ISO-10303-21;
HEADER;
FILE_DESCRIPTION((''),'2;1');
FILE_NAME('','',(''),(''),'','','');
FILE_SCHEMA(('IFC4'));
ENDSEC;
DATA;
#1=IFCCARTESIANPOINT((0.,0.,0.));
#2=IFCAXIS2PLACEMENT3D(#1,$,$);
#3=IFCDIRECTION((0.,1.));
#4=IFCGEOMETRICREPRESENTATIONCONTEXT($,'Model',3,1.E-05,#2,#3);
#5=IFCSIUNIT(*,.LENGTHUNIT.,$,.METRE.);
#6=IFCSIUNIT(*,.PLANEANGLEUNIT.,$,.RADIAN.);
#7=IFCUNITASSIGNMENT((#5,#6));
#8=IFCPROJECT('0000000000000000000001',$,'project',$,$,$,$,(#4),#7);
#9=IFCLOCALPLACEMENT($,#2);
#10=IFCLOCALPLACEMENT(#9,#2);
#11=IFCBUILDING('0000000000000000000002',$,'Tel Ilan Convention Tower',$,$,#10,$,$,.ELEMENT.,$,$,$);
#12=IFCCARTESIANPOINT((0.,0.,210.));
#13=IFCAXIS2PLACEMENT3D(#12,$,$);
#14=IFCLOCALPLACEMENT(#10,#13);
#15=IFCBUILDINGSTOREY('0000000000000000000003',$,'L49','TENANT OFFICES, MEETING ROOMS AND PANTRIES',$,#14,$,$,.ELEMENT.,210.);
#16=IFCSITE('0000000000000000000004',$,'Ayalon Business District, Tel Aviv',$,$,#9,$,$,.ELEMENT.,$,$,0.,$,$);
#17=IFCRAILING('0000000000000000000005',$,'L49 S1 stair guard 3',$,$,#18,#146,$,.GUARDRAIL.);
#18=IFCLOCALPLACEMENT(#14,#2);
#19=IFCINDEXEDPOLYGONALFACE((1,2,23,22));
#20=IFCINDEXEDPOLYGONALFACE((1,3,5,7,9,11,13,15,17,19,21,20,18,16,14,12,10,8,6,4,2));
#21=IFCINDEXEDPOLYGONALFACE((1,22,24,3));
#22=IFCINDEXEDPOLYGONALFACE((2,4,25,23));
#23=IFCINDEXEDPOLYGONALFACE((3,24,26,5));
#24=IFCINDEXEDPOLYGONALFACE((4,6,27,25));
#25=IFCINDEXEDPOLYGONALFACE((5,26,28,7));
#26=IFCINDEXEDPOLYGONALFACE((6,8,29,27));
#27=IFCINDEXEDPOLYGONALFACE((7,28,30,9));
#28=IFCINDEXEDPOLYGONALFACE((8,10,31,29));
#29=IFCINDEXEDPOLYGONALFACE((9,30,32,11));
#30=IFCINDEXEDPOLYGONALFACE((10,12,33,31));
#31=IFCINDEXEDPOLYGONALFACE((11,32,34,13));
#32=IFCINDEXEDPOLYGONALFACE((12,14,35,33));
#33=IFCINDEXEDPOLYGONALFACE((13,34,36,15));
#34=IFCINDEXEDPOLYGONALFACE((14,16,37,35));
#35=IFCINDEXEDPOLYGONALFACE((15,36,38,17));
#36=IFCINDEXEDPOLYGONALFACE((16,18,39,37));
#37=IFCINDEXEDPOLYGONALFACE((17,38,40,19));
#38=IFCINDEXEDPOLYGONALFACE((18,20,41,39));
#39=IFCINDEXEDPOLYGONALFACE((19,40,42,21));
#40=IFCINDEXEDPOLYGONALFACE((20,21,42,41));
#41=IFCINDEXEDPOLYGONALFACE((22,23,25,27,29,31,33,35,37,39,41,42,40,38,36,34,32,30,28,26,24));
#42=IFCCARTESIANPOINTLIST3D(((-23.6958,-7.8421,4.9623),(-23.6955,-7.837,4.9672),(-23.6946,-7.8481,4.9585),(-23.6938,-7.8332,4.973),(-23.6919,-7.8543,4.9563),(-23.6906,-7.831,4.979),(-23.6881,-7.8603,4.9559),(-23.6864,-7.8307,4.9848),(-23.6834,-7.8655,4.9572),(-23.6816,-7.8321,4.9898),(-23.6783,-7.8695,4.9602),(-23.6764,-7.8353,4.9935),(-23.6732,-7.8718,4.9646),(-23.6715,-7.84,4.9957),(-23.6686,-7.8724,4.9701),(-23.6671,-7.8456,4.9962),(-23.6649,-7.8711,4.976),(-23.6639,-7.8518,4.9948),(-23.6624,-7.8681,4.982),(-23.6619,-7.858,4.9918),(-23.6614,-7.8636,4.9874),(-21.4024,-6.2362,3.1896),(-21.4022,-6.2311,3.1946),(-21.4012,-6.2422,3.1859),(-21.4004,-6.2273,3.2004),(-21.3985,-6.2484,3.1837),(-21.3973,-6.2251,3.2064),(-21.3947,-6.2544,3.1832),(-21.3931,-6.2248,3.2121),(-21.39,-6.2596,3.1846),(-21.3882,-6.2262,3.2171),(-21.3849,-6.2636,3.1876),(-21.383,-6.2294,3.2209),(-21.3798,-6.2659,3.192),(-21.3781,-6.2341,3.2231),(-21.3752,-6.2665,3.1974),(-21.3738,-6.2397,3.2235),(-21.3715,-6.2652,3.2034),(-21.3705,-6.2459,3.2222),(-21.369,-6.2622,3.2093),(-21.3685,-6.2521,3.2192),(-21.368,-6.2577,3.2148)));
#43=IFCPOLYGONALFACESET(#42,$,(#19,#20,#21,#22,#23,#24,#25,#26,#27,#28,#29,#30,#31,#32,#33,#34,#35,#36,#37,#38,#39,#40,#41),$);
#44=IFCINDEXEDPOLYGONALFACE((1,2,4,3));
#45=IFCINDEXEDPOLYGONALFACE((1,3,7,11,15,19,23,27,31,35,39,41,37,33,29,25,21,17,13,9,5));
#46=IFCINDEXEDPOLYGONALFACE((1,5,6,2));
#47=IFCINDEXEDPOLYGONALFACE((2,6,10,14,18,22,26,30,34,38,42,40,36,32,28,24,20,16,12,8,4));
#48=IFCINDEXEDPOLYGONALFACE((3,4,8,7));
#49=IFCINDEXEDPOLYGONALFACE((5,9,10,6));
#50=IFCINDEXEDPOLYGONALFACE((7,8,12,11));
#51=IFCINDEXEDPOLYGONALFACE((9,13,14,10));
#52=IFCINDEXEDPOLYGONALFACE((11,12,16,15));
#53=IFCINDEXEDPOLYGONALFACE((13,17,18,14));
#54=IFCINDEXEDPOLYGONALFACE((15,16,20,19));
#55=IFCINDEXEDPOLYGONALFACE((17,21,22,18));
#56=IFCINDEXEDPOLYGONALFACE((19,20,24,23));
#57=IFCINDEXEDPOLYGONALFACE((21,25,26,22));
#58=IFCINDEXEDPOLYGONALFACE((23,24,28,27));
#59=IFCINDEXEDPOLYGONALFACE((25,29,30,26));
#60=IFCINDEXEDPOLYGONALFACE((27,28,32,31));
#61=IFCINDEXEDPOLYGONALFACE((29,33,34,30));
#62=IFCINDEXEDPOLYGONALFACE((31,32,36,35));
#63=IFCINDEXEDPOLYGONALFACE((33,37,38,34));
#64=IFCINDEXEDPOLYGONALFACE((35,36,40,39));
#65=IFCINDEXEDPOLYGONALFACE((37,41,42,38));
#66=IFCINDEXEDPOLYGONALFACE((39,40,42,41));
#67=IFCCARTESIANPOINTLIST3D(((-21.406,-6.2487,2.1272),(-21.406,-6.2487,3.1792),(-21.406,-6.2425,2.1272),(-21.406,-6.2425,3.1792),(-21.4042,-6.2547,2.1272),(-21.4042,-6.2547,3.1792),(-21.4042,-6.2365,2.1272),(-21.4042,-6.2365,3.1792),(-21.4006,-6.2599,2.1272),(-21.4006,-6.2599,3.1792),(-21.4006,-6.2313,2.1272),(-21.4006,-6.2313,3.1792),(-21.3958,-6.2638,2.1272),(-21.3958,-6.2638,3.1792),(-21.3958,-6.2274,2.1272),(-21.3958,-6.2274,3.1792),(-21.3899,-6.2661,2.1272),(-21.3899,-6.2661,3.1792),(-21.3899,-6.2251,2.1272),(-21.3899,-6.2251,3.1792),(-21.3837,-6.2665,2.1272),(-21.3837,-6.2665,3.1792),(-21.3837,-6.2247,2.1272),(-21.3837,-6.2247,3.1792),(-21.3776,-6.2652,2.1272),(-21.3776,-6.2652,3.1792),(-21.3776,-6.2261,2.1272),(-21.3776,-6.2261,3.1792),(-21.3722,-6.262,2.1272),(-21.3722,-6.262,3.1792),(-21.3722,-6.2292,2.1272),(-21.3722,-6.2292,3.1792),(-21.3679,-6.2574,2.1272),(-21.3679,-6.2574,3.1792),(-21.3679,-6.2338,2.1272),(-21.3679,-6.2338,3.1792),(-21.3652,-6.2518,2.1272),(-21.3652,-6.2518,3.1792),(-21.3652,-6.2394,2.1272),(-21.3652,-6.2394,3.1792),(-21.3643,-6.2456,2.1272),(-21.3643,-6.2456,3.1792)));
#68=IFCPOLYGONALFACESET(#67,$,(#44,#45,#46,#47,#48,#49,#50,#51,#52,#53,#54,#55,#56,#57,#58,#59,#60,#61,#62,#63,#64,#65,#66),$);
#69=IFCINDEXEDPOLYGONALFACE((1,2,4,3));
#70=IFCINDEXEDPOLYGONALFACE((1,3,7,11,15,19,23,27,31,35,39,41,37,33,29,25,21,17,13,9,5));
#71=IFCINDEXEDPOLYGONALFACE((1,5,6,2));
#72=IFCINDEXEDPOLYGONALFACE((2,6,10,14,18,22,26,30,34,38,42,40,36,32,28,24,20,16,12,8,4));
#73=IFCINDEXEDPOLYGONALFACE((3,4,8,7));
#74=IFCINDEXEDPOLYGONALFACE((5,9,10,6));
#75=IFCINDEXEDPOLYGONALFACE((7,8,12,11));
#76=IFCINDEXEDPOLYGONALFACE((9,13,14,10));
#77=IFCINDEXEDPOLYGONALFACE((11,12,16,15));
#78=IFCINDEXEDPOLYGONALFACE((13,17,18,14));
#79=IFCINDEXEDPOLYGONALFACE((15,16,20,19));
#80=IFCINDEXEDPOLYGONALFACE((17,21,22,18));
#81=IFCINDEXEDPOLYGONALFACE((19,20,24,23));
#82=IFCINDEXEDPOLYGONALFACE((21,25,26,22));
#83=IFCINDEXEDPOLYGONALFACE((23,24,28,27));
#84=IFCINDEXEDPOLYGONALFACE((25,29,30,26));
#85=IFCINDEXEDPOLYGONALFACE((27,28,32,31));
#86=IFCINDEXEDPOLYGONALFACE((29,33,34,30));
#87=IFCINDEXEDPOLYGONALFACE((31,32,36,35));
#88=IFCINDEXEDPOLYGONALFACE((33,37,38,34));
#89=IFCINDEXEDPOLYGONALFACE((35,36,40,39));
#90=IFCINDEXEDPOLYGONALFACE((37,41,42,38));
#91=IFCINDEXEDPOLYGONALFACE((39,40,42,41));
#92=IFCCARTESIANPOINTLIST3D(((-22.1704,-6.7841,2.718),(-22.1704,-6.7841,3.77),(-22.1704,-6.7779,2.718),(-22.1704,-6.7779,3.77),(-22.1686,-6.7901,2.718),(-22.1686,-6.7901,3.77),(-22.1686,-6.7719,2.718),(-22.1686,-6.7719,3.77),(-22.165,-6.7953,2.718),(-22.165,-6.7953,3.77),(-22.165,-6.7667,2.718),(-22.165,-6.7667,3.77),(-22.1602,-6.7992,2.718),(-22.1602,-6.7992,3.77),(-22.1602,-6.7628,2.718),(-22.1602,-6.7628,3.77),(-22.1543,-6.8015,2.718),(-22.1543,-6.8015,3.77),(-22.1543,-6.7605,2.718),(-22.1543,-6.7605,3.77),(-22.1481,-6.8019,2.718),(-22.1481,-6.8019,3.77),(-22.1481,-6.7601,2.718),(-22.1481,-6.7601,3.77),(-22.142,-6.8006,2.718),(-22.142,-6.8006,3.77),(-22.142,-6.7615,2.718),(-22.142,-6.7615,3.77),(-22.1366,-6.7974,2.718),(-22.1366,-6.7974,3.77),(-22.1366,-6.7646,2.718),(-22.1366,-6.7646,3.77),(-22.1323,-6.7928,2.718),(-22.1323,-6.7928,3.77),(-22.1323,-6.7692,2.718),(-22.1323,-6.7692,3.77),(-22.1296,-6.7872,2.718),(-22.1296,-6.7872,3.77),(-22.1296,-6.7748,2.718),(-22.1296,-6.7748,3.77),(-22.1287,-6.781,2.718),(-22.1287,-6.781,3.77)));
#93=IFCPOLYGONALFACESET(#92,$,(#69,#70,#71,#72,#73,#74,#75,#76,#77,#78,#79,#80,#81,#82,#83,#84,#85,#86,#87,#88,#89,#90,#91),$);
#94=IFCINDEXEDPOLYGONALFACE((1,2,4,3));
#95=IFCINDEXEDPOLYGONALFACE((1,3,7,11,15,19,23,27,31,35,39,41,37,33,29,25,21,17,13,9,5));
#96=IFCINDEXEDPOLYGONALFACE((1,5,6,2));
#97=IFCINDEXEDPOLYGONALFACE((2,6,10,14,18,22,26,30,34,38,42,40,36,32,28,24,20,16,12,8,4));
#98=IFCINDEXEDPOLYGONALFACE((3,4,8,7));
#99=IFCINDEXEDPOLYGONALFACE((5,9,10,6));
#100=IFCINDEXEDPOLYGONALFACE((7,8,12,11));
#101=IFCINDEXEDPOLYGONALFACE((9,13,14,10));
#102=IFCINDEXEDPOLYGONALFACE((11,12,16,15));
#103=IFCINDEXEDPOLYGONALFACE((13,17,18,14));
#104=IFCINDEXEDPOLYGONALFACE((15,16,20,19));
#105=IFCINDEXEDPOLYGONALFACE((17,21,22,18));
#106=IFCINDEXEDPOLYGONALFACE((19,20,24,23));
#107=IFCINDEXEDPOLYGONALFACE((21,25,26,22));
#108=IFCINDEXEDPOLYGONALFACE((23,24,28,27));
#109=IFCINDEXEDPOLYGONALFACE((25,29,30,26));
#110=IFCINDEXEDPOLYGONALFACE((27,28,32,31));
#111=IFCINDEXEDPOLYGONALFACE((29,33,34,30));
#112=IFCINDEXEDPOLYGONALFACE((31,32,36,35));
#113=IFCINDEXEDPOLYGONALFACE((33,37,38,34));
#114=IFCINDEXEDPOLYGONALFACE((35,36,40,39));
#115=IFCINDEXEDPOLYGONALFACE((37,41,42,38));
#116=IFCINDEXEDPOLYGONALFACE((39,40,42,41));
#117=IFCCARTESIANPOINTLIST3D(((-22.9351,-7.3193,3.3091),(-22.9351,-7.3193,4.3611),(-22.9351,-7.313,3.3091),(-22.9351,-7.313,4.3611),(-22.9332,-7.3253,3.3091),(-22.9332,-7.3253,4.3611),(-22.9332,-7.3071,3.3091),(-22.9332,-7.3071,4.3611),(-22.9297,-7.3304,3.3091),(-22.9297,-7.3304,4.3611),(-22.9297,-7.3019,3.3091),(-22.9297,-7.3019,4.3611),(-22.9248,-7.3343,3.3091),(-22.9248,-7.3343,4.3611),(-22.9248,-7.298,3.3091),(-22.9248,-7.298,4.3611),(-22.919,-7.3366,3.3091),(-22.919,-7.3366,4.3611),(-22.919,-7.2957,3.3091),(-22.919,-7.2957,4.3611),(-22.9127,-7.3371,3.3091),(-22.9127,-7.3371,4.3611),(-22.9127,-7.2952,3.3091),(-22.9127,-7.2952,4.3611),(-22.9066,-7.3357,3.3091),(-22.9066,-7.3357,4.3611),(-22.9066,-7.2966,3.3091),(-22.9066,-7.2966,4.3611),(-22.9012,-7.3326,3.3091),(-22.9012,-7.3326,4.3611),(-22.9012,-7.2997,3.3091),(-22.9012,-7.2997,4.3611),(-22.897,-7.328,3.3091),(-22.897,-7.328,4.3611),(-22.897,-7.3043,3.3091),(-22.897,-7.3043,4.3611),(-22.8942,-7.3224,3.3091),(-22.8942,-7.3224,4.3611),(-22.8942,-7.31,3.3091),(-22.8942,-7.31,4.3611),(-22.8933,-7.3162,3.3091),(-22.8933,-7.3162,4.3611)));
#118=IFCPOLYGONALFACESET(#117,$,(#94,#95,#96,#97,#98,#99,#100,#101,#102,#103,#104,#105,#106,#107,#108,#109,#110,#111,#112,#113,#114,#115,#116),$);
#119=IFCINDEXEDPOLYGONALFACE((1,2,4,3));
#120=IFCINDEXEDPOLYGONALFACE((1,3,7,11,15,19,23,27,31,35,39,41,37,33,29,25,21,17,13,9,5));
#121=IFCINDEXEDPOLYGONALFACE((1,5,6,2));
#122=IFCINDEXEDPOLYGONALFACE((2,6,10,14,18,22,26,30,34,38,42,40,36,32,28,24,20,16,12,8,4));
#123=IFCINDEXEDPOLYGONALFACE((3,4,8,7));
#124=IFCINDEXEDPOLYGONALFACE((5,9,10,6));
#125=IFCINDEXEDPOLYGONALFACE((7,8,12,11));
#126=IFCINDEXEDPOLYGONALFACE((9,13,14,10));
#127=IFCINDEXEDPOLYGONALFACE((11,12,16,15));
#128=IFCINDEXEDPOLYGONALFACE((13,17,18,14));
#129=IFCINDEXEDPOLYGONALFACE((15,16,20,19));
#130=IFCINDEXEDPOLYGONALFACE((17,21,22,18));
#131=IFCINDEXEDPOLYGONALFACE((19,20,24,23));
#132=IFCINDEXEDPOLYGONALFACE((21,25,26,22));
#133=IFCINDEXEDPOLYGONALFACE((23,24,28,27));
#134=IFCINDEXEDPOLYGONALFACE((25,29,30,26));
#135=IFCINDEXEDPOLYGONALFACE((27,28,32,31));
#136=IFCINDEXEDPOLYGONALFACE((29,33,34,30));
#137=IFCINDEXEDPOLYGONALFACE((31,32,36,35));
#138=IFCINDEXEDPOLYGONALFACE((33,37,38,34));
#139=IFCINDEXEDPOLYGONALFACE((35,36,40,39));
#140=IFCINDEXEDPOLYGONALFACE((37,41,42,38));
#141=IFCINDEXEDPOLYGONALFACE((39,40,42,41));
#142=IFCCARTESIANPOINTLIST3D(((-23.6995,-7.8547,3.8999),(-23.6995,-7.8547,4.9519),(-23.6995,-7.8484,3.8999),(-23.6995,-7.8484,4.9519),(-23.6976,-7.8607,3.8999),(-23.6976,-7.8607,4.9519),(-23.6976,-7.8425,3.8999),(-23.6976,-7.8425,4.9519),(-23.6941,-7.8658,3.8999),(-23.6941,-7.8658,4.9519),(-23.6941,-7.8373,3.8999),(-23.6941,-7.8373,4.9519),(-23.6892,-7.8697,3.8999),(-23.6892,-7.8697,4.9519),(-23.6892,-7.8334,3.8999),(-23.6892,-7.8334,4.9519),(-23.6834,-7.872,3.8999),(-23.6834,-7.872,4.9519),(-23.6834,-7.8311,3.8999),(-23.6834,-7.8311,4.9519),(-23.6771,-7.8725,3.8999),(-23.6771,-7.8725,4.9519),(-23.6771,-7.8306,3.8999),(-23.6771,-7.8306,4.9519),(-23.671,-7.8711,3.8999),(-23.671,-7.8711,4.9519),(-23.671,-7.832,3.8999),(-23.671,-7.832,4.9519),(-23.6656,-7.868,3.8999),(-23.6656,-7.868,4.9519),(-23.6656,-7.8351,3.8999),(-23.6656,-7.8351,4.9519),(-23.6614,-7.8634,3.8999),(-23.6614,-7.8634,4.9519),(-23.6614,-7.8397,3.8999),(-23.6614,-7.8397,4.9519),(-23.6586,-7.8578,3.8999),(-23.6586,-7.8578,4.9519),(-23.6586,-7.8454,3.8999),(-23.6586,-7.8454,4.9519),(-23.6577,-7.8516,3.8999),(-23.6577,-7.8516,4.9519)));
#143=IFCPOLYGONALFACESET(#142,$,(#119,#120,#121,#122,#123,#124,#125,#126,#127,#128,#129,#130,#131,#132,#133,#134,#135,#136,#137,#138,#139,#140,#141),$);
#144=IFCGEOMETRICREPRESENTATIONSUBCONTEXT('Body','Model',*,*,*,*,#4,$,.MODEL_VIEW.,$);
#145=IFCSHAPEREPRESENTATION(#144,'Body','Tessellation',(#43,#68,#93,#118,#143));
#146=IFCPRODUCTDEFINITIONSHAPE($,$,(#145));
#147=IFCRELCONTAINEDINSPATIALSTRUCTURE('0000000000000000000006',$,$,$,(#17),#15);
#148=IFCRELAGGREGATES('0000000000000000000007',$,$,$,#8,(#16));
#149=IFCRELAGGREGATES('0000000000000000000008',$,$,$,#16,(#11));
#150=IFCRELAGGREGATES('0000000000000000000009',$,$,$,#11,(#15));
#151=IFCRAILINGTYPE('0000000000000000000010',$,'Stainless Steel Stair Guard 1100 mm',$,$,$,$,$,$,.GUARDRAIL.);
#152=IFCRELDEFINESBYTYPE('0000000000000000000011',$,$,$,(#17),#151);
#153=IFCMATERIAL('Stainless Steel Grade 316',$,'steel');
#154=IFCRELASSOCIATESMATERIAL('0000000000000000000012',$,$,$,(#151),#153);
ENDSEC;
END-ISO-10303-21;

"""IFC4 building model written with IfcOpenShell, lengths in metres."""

from ifc_helpers import new_model, si_unit, direction, frame, origin, origin_2d, place, context, subcontext, project, spatial, circle, extrude, material, type_object, element, save


model = new_model("IFC4")

# Units and contexts
model_context = context("Model", 3, precision=1e-05, world=origin(), true_north=direction((0.0, 1.0)))
body_context = subcontext(model_context, "Body", "Model", "MODEL_VIEW")
ifc_project = project(units=[si_unit("LENGTHUNIT", "METRE"), si_unit("PLANEANGLEUNIT", "RADIAN")], contexts=[model_context])

# Site, building, storey
site_placement = place(None, origin())
site = spatial("IfcSite", under=ifc_project, at=site_placement, Name="Ayalon Business District, Tel Aviv", CompositionType="ELEMENT", RefElevation=0.0)
building_placement = place(site_placement, origin())
building = spatial("IfcBuilding", under=site, at=building_placement, Name="Tel Ilan Convention Tower", CompositionType="ELEMENT")
storey_placement = place(building_placement, frame((0.0, 0.0, 210.0)))
storey = spatial("IfcBuildingStorey", under=building, at=storey_placement, Name="L49", Description="TENANT OFFICES, MEETING ROOMS AND PANTRIES", CompositionType="ELEMENT", Elevation=210.0)

# Railing
ifc_material_1 = material(Name="Stainless Steel Grade 316", Category="steel")
railing_type_1 = type_object("IfcRailingType", Name="Stainless Steel Stair Guard 1100 mm", PredefinedType="GUARDRAIL", material=ifc_material_1)
railing_1_placement = place(storey_placement, frame((-21.3853, -6.2456, 2.1272)))
element("IfcRailing", 1, at=railing_1_placement, inside=storey, type_object=railing_type_1, Name="L49 S1 stair guard 3", PredefinedType="GUARDRAIL", context=body_context, shape_type="SweptSolid", body=[
    extrude(circle(Radius=0.0239, at=origin_2d()), frame((0.0, 0.0, 1.0762), z_axis=(-0.692085, -0.484621, 0.53494), x_axis=(0.573591, -0.819142, 0.0)), (0.0, 0.0, 1.0), 3.3137),
    extrude(circle(Radius=0.021, at=origin_2d()), origin(), (0.0, 0.0, 1.0), 1.052),
    extrude(circle(Radius=0.021, at=origin_2d()), frame((-0.7644, -0.5354, 0.5908)), (0.0, 0.0, 1.0), 1.052),
    extrude(circle(Radius=0.021, at=origin_2d()), frame((-1.5291, -1.0706, 1.1819)), (0.0, 0.0, 1.0), 1.052),
    extrude(circle(Radius=0.021, at=origin_2d()), frame((-2.2935, -1.606, 1.7727)), (0.0, 0.0, 1.0), 1.052),
])

save(model, "model.ifc")
